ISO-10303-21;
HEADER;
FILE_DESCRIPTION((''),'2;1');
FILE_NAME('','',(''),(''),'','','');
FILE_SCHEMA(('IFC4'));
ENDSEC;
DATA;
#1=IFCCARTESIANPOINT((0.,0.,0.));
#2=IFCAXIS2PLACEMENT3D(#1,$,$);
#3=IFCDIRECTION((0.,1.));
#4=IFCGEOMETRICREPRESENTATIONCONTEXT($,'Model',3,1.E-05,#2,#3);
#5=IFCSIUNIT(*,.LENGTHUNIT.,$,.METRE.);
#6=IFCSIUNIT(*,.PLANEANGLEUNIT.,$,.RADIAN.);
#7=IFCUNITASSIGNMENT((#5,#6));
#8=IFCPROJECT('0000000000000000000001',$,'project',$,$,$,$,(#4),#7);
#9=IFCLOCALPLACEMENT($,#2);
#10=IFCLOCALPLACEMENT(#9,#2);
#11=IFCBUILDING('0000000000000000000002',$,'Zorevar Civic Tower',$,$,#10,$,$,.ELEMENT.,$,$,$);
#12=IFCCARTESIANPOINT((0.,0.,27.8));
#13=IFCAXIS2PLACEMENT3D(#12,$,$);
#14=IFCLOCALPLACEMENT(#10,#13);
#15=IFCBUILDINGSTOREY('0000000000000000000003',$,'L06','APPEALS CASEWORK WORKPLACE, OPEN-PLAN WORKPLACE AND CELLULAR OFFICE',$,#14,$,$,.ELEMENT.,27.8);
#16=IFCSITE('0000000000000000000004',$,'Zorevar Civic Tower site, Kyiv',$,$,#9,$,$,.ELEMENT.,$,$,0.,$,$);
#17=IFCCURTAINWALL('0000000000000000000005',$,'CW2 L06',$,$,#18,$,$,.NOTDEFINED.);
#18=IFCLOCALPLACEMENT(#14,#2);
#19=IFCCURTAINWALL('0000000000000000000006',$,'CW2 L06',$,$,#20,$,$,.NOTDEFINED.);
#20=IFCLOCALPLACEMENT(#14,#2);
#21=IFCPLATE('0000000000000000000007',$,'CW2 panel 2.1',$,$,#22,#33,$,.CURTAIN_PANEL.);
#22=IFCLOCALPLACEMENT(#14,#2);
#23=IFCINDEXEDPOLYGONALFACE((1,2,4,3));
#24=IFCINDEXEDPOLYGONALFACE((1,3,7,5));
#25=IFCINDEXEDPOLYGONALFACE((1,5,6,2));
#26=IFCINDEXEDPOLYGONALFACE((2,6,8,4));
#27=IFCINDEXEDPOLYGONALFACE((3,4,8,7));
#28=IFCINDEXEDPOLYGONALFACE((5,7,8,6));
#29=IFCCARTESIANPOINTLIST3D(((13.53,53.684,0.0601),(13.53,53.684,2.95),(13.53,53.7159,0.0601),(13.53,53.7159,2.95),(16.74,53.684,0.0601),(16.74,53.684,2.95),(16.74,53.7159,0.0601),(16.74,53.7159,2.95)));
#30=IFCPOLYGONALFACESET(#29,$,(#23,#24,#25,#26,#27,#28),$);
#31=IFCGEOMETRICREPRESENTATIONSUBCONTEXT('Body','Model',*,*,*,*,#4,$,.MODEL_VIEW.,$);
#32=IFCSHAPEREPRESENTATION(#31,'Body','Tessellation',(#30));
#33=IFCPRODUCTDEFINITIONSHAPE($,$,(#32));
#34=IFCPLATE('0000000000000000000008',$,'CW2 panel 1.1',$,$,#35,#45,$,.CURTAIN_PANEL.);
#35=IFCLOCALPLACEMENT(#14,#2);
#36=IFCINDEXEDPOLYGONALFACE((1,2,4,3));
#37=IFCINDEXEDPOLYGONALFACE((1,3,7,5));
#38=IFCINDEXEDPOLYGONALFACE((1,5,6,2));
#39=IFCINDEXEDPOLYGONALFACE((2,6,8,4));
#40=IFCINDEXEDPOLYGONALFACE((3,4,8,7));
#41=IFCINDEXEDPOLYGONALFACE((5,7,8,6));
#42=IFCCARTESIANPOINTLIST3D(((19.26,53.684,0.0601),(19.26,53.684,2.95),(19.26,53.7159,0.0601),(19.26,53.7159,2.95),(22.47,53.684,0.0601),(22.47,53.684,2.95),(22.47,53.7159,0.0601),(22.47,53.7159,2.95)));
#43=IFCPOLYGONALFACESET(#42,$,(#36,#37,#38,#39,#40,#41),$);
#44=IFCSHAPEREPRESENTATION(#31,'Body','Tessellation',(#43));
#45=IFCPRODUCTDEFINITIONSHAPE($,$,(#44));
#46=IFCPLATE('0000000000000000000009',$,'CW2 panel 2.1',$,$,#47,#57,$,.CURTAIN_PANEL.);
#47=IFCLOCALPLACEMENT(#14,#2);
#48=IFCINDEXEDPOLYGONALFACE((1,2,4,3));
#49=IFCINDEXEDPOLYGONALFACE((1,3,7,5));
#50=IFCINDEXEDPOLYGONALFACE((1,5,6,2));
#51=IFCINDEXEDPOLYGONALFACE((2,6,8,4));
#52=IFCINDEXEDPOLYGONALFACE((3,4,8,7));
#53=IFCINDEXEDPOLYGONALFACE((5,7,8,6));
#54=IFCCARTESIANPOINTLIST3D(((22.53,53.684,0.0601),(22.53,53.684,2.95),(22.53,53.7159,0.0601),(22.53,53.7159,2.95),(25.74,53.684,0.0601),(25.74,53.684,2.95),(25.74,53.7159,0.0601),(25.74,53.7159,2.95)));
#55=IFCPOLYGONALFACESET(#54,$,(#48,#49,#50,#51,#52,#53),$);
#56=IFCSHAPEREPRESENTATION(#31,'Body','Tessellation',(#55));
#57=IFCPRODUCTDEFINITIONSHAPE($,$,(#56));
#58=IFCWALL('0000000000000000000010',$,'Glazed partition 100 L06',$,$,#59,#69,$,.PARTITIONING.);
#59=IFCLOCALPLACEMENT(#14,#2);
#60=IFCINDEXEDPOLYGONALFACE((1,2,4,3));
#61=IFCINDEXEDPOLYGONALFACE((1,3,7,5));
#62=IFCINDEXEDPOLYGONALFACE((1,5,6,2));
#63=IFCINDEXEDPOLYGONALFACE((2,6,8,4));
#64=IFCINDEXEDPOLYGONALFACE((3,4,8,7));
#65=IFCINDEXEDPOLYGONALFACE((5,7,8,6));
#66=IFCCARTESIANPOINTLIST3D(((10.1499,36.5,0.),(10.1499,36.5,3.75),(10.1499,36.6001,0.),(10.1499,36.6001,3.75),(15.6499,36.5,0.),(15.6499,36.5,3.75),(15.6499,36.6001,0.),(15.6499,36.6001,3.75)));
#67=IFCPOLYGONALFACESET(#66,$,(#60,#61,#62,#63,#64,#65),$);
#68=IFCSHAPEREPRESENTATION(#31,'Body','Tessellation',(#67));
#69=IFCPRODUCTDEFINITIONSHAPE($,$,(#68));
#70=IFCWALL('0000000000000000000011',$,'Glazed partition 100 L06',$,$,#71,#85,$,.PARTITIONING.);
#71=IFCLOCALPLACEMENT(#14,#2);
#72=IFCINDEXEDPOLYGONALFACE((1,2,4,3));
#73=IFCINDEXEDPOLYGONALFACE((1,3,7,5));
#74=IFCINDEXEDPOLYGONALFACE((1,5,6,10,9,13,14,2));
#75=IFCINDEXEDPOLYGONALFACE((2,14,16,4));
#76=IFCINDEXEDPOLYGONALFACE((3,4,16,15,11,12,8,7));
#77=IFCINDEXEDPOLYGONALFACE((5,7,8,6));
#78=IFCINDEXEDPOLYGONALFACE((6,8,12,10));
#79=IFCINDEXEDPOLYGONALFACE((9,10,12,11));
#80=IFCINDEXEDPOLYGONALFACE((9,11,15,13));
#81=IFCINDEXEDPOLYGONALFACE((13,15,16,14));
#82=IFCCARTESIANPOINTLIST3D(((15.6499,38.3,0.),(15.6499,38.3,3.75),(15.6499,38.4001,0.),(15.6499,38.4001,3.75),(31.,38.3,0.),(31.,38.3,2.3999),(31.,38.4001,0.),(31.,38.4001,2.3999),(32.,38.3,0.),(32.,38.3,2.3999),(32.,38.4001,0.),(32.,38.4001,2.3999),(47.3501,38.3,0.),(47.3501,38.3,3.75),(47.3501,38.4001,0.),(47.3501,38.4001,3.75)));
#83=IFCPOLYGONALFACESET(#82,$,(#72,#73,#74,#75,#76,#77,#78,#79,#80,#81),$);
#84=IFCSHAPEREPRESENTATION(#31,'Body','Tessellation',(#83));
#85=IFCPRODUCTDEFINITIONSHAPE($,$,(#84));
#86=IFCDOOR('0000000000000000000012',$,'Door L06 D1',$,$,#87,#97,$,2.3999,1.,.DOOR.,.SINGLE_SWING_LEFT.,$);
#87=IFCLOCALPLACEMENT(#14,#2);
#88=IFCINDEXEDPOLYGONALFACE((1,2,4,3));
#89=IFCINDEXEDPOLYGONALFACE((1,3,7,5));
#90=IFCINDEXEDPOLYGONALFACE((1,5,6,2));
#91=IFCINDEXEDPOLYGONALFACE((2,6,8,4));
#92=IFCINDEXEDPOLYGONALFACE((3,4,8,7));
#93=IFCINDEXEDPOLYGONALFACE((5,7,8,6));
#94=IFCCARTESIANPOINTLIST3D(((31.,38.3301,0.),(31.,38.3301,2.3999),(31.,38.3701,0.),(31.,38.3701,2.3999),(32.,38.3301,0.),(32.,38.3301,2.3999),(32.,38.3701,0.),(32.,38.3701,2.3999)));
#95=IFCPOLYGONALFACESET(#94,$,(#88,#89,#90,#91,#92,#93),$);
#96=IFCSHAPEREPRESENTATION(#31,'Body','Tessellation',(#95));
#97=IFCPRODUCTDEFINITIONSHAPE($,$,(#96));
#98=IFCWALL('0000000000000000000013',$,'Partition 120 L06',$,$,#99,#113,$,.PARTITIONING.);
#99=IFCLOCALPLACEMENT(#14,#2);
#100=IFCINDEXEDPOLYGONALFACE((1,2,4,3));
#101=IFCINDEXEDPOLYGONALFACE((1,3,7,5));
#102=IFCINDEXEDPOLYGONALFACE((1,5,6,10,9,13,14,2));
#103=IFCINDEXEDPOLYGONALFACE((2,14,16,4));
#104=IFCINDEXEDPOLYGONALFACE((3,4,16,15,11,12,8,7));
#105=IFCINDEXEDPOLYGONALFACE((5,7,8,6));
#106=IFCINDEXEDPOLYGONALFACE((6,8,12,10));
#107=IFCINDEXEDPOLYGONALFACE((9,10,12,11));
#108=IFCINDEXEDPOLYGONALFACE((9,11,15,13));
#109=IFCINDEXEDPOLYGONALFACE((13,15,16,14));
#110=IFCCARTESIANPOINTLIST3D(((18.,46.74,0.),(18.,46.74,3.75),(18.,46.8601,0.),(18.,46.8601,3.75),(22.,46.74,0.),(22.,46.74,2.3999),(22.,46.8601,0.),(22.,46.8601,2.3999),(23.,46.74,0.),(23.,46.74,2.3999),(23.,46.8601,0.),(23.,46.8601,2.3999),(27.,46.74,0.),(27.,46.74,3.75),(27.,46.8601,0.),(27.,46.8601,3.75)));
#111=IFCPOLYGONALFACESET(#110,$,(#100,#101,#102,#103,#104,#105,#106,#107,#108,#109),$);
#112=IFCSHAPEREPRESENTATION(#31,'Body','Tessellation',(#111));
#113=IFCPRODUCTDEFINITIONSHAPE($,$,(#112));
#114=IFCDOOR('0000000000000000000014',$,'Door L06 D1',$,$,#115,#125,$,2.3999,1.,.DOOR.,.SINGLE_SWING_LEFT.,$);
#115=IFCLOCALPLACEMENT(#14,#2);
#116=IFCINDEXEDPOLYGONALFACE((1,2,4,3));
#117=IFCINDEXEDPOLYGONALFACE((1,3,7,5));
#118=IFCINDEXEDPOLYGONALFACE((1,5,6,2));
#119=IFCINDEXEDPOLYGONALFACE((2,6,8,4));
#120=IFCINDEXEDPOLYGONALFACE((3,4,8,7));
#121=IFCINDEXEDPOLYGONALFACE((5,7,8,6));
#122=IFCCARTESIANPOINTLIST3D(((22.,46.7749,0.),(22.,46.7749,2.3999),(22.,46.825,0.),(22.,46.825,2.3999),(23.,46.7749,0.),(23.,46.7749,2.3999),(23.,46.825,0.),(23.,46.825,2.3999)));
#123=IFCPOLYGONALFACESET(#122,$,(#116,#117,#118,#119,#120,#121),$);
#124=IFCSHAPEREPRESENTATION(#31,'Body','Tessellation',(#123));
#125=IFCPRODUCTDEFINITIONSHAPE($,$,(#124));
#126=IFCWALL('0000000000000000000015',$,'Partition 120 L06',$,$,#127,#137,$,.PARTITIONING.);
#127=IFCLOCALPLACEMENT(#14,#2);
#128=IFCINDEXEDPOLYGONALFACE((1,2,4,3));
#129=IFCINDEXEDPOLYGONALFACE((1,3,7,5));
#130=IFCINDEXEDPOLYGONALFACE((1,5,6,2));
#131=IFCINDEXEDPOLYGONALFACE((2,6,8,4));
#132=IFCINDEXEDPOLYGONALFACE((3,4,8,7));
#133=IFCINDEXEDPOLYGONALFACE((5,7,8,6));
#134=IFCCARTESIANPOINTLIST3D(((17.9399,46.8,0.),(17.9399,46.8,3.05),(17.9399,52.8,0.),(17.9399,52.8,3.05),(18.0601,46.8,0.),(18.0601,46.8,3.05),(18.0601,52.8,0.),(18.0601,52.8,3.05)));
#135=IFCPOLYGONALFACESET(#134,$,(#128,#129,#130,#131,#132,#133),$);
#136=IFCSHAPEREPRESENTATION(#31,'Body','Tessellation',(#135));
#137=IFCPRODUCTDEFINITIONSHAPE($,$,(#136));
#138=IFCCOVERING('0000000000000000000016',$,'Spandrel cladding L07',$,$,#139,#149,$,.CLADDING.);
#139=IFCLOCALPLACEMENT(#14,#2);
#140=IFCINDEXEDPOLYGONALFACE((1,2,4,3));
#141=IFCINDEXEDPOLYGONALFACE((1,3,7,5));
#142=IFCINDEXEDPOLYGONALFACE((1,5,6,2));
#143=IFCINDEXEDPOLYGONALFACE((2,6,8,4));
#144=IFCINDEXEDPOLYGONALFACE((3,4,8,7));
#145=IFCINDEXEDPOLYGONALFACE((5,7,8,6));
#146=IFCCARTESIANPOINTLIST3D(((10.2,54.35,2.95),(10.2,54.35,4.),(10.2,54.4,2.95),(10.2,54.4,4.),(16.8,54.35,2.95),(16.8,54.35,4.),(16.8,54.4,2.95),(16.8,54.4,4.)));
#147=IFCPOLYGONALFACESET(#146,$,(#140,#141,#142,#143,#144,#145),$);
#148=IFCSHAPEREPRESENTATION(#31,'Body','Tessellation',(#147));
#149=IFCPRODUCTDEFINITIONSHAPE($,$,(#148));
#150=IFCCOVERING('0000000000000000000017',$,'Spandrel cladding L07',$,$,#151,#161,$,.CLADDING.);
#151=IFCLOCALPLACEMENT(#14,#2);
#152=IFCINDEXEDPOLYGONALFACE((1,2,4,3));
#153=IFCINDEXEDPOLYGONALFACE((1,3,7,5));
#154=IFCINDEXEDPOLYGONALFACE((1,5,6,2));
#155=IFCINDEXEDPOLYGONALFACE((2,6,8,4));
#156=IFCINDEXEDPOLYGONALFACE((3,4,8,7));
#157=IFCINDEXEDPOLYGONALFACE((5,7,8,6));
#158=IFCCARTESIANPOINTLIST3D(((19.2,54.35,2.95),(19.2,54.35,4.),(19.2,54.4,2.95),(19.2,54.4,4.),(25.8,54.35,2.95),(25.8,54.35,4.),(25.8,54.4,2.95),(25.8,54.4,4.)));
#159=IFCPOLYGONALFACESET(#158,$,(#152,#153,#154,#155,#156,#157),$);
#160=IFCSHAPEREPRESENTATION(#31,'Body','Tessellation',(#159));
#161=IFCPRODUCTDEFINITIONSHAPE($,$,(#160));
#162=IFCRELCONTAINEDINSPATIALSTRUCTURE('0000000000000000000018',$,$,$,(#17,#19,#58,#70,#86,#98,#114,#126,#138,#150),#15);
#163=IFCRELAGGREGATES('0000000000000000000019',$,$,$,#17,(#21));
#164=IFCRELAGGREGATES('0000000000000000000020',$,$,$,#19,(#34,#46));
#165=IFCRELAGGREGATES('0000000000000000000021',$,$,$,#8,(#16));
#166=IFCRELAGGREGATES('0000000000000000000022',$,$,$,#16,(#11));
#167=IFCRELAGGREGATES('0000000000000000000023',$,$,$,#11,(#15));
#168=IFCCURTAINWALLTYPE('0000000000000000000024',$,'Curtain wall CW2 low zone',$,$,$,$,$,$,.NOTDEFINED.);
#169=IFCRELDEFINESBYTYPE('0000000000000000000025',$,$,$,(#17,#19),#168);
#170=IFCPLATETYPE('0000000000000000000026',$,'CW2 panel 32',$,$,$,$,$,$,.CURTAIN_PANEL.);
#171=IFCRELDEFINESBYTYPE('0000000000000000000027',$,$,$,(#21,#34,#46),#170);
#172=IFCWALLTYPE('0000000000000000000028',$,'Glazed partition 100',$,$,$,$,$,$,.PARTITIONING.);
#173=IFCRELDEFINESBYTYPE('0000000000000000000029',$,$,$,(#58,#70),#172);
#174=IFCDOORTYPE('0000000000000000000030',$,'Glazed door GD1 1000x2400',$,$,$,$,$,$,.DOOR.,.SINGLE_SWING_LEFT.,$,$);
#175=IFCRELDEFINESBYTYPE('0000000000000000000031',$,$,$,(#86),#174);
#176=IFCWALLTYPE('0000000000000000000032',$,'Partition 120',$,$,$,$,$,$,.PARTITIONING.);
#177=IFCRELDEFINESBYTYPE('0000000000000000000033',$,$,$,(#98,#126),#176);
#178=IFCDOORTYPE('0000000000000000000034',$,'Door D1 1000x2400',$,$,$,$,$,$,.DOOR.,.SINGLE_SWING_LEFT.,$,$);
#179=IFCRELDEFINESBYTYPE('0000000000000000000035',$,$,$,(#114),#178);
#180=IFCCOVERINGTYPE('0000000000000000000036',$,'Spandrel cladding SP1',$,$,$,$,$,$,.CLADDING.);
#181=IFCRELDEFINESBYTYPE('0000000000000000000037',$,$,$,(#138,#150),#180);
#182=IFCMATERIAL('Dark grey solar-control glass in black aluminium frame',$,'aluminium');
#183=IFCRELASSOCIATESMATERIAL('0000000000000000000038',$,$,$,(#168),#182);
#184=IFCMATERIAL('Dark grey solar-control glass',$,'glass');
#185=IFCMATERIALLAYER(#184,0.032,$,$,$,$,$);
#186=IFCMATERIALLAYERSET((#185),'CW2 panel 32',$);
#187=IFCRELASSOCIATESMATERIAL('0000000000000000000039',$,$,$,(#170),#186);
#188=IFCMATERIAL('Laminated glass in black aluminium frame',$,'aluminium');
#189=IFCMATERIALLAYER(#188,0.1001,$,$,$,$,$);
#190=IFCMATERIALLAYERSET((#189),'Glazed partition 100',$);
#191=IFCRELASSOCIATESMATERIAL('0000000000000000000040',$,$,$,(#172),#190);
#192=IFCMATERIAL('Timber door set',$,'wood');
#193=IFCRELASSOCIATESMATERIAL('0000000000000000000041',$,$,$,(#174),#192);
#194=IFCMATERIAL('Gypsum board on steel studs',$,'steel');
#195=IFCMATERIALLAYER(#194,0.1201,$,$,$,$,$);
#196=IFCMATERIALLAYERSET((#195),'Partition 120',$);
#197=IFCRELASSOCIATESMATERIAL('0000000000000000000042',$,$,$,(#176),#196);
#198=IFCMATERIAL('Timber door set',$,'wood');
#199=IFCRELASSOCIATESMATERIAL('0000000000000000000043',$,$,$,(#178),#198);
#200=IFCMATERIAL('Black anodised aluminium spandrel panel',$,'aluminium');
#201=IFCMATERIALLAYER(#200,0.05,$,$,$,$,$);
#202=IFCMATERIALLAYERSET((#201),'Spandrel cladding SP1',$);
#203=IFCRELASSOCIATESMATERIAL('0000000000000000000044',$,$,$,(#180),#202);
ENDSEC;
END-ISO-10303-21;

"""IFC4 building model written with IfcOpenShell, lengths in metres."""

from ifc_helpers import new_model, si_unit, direction, frame, frame_2d, origin, origin_2d, place, context, subcontext, project, spatial, rectangle, extrude, material, layer, layer_set, type_object, element, fill, aggregate, save


model = new_model("IFC4")

# Units and contexts
model_context = context("Model", 3, precision=1e-05, world=origin(), true_north=direction((0.0, 1.0)))
body_context = subcontext(model_context, "Body", "Model", "MODEL_VIEW")
ifc_project = project(units=[si_unit("LENGTHUNIT", "METRE"), si_unit("PLANEANGLEUNIT", "RADIAN")], contexts=[model_context])

# Site, building, storey
site_placement = place(None, origin())
site = spatial("IfcSite", under=ifc_project, at=site_placement, Name="Zorevar Civic Tower site, Kyiv", CompositionType="ELEMENT", RefElevation=0.0)
building_placement = place(site_placement, origin())
building = spatial("IfcBuilding", under=site, at=building_placement, Name="Zorevar Civic Tower", CompositionType="ELEMENT")
storey_placement = place(building_placement, frame((0.0, 0.0, 27.8)))
storey = spatial("IfcBuildingStorey", under=building, at=storey_placement, Name="L06", Description="APPEALS CASEWORK WORKPLACE, OPEN-PLAN WORKPLACE AND CELLULAR OFFICE", CompositionType="ELEMENT", Elevation=27.8)

# Curtain walls
ifc_material_1 = material(Name="Dark grey solar-control glass in black aluminium frame", Category="aluminium")
curtain_wall_type = type_object("IfcCurtainWallType", Name="Curtain wall CW2 low zone", PredefinedType="NOTDEFINED", material=ifc_material_1)
curtain_wall_1_placement = place(storey_placement, origin())
curtain_wall_1 = element("IfcCurtainWall", 1, at=curtain_wall_1_placement, inside=storey, type_object=curtain_wall_type, Name="CW2 L06", PredefinedType="NOTDEFINED")
curtain_wall_2_placement = place(storey_placement, origin())
curtain_wall_2 = element("IfcCurtainWall", 2, at=curtain_wall_2_placement, inside=storey, type_object=curtain_wall_type, Name="CW2 L06", PredefinedType="NOTDEFINED")

# Plates
ifc_material_2 = material(Name="Dark grey solar-control glass", Category="glass")
ifc_layer_1 = layer(ifc_material_2, 0.032)
ifc_layer_set_1 = layer_set([ifc_layer_1], Name="CW2 panel 32")
plate_type = type_object("IfcPlateType", Name="CW2 panel 32", PredefinedType="CURTAIN_PANEL", material=ifc_layer_set_1)
plate_1_placement = place(storey_placement, frame((15.135, 53.7, 0.0601), z_axis=(0.0, 0.0, 1.0), x_axis=(1.0, 0.0, 0.0)))
plate_1 = element("IfcPlate", 3, at=plate_1_placement, type_object=plate_type, Name="CW2 panel 2.1", PredefinedType="CURTAIN_PANEL", context=body_context, shape_type="SweptSolid", body=[
    extrude(rectangle(XDim=3.21, YDim=0.032, at=origin_2d()), origin(), (0.0, 0.0, 1.0), 2.8899),
])
aggregate(curtain_wall_1, [plate_1])
plate_2_placement = place(storey_placement, frame((20.865, 53.7, 0.0601), z_axis=(0.0, 0.0, 1.0), x_axis=(1.0, 0.0, 0.0)))
plate_2 = element("IfcPlate", 4, at=plate_2_placement, type_object=plate_type, Name="CW2 panel 1.1", PredefinedType="CURTAIN_PANEL", context=body_context, shape_type="SweptSolid", body=[
    extrude(rectangle(XDim=3.21, YDim=0.032, at=origin_2d()), origin(), (0.0, 0.0, 1.0), 2.8899),
])
plate_3_placement = place(storey_placement, frame((24.135, 53.7, 0.0601), z_axis=(0.0, 0.0, 1.0), x_axis=(1.0, 0.0, 0.0)))
plate_3 = element("IfcPlate", 5, at=plate_3_placement, type_object=plate_type, Name="CW2 panel 2.1", PredefinedType="CURTAIN_PANEL", context=body_context, shape_type="SweptSolid", body=[
    extrude(rectangle(XDim=3.21, YDim=0.032, at=origin_2d()), origin(), (0.0, 0.0, 1.0), 2.8899),
])
aggregate(curtain_wall_2, [plate_2, plate_3])

# Wall
ifc_material_3 = material(Name="Laminated glass in black aluminium frame", Category="aluminium")
ifc_layer_2 = layer(ifc_material_3, 0.1001)
ifc_layer_set_2 = layer_set([ifc_layer_2], Name="Glazed partition 100")
wall_type_1 = type_object("IfcWallType", Name="Glazed partition 100", PredefinedType="PARTITIONING", material=ifc_layer_set_2)
wall_1_placement = place(storey_placement, frame((10.1499, 36.55, 0.0), z_axis=(0.0, 0.0, 1.0), x_axis=(1.0, 0.0, 0.0)))
element("IfcWall", 6, at=wall_1_placement, inside=storey, type_object=wall_type_1, Name="Glazed partition 100 L06", PredefinedType="PARTITIONING", context=body_context, shape_type="SweptSolid", body=[
    extrude(rectangle(XDim=5.5, YDim=0.1001, at=frame_2d((2.75, 0.0))), origin(), (0.0, 0.0, 1.0), 3.75),
])

# Walls, openings, doors
wall_2_placement = place(storey_placement, frame((15.6499, 38.3501, 0.0), z_axis=(0.0, 0.0, 1.0), x_axis=(1.0, 0.0, 0.0)))
wall_2 = element("IfcWall", 7, at=wall_2_placement, inside=storey, type_object=wall_type_1, Name="Glazed partition 100 L06", PredefinedType="PARTITIONING", context=body_context, shape_type="SweptSolid", body=[
    extrude(rectangle(XDim=31.7002, YDim=0.1001, at=frame_2d((15.8501, 0.0))), origin(), (0.0, 0.0, 1.0), 3.75),
])
opening_1_placement = place(wall_2_placement, frame((15.3501, 0.0, 0.0)))
opening_1 = element("IfcOpeningElement", 8, at=opening_1_placement, cuts=wall_2, PredefinedType="OPENING", context=body_context, shape_type="SweptSolid", body=[
    extrude(rectangle(XDim=1.0, YDim=2.3999, at=frame_2d((0.5, 1.2))), frame((0.0, 0.0601, 0.0), z_axis=(0.0, -1.0, 0.0), x_axis=(1.0, 0.0, 0.0)), (0.0, 0.0, 1.0), 0.1201),
])
ifc_material_4 = material(Name="Timber door set", Category="wood")
door_type_1 = type_object("IfcDoorType", Name="Glazed door GD1 1000x2400", OperationType="SINGLE_SWING_LEFT", PredefinedType="DOOR", material=ifc_material_4)
door_1_placement = place(opening_1_placement, origin())
door_1 = element("IfcDoor", 9, at=door_1_placement, inside=storey, type_object=door_type_1, Name="Door L06 D1", OperationType="SINGLE_SWING_LEFT", OverallHeight=2.3999, OverallWidth=1.0, PredefinedType="DOOR", context=body_context, shape_type="SweptSolid", body=[
    extrude(rectangle(XDim=1.0, YDim=2.3999, at=frame_2d((0.5, 1.2))), frame((0.0, 0.02, 0.0), z_axis=(0.0, -1.0, 0.0), x_axis=(1.0, 0.0, 0.0)), (0.0, 0.0, 1.0), 0.04),
])
fill(opening_1, door_1)
ifc_material_5 = material(Name="Gypsum board on steel studs", Category="steel")
ifc_layer_3 = layer(ifc_material_5, 0.1201)
ifc_layer_set_3 = layer_set([ifc_layer_3], Name="Partition 120")
wall_type_2 = type_object("IfcWallType", Name="Partition 120", PredefinedType="PARTITIONING", material=ifc_layer_set_3)
wall_3_placement = place(storey_placement, frame((18.0, 46.8, 0.0), z_axis=(0.0, 0.0, 1.0), x_axis=(1.0, 0.0, 0.0)))
wall_3 = element("IfcWall", 10, at=wall_3_placement, inside=storey, type_object=wall_type_2, Name="Partition 120 L06", PredefinedType="PARTITIONING", context=body_context, shape_type="SweptSolid", body=[
    extrude(rectangle(XDim=9.0, YDim=0.1201, at=frame_2d((4.5, 0.0))), origin(), (0.0, 0.0, 1.0), 3.75),
])
opening_2_placement = place(wall_3_placement, frame((4.0, 0.0, 0.0)))
opening_2 = element("IfcOpeningElement", 11, at=opening_2_placement, cuts=wall_3, PredefinedType="OPENING", context=body_context, shape_type="SweptSolid", body=[
    extrude(rectangle(XDim=1.0, YDim=2.3999, at=frame_2d((0.5, 1.2))), frame((0.0, 0.0701, 0.0), z_axis=(0.0, -1.0, 0.0), x_axis=(1.0, 0.0, 0.0)), (0.0, 0.0, 1.0), 0.1401),
])
ifc_material_6 = material(Name="Timber door set", Category="wood")
door_type_2 = type_object("IfcDoorType", Name="Door D1 1000x2400", OperationType="SINGLE_SWING_LEFT", PredefinedType="DOOR", material=ifc_material_6)
door_2_placement = place(opening_2_placement, origin())
door_2 = element("IfcDoor", 12, at=door_2_placement, inside=storey, type_object=door_type_2, Name="Door L06 D1", OperationType="SINGLE_SWING_LEFT", OverallHeight=2.3999, OverallWidth=1.0, PredefinedType="DOOR", context=body_context, shape_type="SweptSolid", body=[
    extrude(rectangle(XDim=1.0, YDim=2.3999, at=frame_2d((0.5, 1.2))), frame((0.0, 0.0249, 0.0), z_axis=(0.0, -1.0, 0.0), x_axis=(1.0, 0.0, 0.0)), (0.0, 0.0, 1.0), 0.05),
])
fill(opening_2, door_2)

# Wall
wall_4_placement = place(storey_placement, frame((18.0, 46.8, 0.0), z_axis=(0.0, 0.0, 1.0), x_axis=(0.0, 1.0, 0.0)))
element("IfcWall", 13, at=wall_4_placement, inside=storey, type_object=wall_type_2, Name="Partition 120 L06", PredefinedType="PARTITIONING", context=body_context, shape_type="SweptSolid", body=[
    extrude(rectangle(XDim=6.0, YDim=0.1201, at=frame_2d((3.0, 0.0))), origin(), (0.0, 0.0, 1.0), 3.05),
])

# Coverings
ifc_material_7 = material(Name="Black anodised aluminium spandrel panel", Category="aluminium")
ifc_layer_4 = layer(ifc_material_7, 0.05)
ifc_layer_set_4 = layer_set([ifc_layer_4], Name="Spandrel cladding SP1")
covering_type = type_object("IfcCoveringType", Name="Spandrel cladding SP1", PredefinedType="CLADDING", material=ifc_layer_set_4)
for number, where, z_axis, x_axis, name in (
    (14, (10.2, 54.375, 2.95), (0.0, 0.0, 1.0), (1.0, 0.0, 0.0), "Spandrel cladding L07"),
    (15, (19.2, 54.375, 2.95), (0.0, 0.0, 1.0), (1.0, 0.0, 0.0), "Spandrel cladding L07"),
):
    element("IfcCovering", number, at=place(storey_placement, frame(where, z_axis=z_axis, x_axis=x_axis)), inside=storey, type_object=covering_type, Name=name, PredefinedType="CLADDING", context=body_context, shape_type="SweptSolid", body=[
        extrude(rectangle(XDim=6.6001, YDim=0.05, at=frame_2d((3.3, 0.0))), origin(), (0.0, 0.0, 1.0), 1.05),
    ])

save(model, "model.ifc")
